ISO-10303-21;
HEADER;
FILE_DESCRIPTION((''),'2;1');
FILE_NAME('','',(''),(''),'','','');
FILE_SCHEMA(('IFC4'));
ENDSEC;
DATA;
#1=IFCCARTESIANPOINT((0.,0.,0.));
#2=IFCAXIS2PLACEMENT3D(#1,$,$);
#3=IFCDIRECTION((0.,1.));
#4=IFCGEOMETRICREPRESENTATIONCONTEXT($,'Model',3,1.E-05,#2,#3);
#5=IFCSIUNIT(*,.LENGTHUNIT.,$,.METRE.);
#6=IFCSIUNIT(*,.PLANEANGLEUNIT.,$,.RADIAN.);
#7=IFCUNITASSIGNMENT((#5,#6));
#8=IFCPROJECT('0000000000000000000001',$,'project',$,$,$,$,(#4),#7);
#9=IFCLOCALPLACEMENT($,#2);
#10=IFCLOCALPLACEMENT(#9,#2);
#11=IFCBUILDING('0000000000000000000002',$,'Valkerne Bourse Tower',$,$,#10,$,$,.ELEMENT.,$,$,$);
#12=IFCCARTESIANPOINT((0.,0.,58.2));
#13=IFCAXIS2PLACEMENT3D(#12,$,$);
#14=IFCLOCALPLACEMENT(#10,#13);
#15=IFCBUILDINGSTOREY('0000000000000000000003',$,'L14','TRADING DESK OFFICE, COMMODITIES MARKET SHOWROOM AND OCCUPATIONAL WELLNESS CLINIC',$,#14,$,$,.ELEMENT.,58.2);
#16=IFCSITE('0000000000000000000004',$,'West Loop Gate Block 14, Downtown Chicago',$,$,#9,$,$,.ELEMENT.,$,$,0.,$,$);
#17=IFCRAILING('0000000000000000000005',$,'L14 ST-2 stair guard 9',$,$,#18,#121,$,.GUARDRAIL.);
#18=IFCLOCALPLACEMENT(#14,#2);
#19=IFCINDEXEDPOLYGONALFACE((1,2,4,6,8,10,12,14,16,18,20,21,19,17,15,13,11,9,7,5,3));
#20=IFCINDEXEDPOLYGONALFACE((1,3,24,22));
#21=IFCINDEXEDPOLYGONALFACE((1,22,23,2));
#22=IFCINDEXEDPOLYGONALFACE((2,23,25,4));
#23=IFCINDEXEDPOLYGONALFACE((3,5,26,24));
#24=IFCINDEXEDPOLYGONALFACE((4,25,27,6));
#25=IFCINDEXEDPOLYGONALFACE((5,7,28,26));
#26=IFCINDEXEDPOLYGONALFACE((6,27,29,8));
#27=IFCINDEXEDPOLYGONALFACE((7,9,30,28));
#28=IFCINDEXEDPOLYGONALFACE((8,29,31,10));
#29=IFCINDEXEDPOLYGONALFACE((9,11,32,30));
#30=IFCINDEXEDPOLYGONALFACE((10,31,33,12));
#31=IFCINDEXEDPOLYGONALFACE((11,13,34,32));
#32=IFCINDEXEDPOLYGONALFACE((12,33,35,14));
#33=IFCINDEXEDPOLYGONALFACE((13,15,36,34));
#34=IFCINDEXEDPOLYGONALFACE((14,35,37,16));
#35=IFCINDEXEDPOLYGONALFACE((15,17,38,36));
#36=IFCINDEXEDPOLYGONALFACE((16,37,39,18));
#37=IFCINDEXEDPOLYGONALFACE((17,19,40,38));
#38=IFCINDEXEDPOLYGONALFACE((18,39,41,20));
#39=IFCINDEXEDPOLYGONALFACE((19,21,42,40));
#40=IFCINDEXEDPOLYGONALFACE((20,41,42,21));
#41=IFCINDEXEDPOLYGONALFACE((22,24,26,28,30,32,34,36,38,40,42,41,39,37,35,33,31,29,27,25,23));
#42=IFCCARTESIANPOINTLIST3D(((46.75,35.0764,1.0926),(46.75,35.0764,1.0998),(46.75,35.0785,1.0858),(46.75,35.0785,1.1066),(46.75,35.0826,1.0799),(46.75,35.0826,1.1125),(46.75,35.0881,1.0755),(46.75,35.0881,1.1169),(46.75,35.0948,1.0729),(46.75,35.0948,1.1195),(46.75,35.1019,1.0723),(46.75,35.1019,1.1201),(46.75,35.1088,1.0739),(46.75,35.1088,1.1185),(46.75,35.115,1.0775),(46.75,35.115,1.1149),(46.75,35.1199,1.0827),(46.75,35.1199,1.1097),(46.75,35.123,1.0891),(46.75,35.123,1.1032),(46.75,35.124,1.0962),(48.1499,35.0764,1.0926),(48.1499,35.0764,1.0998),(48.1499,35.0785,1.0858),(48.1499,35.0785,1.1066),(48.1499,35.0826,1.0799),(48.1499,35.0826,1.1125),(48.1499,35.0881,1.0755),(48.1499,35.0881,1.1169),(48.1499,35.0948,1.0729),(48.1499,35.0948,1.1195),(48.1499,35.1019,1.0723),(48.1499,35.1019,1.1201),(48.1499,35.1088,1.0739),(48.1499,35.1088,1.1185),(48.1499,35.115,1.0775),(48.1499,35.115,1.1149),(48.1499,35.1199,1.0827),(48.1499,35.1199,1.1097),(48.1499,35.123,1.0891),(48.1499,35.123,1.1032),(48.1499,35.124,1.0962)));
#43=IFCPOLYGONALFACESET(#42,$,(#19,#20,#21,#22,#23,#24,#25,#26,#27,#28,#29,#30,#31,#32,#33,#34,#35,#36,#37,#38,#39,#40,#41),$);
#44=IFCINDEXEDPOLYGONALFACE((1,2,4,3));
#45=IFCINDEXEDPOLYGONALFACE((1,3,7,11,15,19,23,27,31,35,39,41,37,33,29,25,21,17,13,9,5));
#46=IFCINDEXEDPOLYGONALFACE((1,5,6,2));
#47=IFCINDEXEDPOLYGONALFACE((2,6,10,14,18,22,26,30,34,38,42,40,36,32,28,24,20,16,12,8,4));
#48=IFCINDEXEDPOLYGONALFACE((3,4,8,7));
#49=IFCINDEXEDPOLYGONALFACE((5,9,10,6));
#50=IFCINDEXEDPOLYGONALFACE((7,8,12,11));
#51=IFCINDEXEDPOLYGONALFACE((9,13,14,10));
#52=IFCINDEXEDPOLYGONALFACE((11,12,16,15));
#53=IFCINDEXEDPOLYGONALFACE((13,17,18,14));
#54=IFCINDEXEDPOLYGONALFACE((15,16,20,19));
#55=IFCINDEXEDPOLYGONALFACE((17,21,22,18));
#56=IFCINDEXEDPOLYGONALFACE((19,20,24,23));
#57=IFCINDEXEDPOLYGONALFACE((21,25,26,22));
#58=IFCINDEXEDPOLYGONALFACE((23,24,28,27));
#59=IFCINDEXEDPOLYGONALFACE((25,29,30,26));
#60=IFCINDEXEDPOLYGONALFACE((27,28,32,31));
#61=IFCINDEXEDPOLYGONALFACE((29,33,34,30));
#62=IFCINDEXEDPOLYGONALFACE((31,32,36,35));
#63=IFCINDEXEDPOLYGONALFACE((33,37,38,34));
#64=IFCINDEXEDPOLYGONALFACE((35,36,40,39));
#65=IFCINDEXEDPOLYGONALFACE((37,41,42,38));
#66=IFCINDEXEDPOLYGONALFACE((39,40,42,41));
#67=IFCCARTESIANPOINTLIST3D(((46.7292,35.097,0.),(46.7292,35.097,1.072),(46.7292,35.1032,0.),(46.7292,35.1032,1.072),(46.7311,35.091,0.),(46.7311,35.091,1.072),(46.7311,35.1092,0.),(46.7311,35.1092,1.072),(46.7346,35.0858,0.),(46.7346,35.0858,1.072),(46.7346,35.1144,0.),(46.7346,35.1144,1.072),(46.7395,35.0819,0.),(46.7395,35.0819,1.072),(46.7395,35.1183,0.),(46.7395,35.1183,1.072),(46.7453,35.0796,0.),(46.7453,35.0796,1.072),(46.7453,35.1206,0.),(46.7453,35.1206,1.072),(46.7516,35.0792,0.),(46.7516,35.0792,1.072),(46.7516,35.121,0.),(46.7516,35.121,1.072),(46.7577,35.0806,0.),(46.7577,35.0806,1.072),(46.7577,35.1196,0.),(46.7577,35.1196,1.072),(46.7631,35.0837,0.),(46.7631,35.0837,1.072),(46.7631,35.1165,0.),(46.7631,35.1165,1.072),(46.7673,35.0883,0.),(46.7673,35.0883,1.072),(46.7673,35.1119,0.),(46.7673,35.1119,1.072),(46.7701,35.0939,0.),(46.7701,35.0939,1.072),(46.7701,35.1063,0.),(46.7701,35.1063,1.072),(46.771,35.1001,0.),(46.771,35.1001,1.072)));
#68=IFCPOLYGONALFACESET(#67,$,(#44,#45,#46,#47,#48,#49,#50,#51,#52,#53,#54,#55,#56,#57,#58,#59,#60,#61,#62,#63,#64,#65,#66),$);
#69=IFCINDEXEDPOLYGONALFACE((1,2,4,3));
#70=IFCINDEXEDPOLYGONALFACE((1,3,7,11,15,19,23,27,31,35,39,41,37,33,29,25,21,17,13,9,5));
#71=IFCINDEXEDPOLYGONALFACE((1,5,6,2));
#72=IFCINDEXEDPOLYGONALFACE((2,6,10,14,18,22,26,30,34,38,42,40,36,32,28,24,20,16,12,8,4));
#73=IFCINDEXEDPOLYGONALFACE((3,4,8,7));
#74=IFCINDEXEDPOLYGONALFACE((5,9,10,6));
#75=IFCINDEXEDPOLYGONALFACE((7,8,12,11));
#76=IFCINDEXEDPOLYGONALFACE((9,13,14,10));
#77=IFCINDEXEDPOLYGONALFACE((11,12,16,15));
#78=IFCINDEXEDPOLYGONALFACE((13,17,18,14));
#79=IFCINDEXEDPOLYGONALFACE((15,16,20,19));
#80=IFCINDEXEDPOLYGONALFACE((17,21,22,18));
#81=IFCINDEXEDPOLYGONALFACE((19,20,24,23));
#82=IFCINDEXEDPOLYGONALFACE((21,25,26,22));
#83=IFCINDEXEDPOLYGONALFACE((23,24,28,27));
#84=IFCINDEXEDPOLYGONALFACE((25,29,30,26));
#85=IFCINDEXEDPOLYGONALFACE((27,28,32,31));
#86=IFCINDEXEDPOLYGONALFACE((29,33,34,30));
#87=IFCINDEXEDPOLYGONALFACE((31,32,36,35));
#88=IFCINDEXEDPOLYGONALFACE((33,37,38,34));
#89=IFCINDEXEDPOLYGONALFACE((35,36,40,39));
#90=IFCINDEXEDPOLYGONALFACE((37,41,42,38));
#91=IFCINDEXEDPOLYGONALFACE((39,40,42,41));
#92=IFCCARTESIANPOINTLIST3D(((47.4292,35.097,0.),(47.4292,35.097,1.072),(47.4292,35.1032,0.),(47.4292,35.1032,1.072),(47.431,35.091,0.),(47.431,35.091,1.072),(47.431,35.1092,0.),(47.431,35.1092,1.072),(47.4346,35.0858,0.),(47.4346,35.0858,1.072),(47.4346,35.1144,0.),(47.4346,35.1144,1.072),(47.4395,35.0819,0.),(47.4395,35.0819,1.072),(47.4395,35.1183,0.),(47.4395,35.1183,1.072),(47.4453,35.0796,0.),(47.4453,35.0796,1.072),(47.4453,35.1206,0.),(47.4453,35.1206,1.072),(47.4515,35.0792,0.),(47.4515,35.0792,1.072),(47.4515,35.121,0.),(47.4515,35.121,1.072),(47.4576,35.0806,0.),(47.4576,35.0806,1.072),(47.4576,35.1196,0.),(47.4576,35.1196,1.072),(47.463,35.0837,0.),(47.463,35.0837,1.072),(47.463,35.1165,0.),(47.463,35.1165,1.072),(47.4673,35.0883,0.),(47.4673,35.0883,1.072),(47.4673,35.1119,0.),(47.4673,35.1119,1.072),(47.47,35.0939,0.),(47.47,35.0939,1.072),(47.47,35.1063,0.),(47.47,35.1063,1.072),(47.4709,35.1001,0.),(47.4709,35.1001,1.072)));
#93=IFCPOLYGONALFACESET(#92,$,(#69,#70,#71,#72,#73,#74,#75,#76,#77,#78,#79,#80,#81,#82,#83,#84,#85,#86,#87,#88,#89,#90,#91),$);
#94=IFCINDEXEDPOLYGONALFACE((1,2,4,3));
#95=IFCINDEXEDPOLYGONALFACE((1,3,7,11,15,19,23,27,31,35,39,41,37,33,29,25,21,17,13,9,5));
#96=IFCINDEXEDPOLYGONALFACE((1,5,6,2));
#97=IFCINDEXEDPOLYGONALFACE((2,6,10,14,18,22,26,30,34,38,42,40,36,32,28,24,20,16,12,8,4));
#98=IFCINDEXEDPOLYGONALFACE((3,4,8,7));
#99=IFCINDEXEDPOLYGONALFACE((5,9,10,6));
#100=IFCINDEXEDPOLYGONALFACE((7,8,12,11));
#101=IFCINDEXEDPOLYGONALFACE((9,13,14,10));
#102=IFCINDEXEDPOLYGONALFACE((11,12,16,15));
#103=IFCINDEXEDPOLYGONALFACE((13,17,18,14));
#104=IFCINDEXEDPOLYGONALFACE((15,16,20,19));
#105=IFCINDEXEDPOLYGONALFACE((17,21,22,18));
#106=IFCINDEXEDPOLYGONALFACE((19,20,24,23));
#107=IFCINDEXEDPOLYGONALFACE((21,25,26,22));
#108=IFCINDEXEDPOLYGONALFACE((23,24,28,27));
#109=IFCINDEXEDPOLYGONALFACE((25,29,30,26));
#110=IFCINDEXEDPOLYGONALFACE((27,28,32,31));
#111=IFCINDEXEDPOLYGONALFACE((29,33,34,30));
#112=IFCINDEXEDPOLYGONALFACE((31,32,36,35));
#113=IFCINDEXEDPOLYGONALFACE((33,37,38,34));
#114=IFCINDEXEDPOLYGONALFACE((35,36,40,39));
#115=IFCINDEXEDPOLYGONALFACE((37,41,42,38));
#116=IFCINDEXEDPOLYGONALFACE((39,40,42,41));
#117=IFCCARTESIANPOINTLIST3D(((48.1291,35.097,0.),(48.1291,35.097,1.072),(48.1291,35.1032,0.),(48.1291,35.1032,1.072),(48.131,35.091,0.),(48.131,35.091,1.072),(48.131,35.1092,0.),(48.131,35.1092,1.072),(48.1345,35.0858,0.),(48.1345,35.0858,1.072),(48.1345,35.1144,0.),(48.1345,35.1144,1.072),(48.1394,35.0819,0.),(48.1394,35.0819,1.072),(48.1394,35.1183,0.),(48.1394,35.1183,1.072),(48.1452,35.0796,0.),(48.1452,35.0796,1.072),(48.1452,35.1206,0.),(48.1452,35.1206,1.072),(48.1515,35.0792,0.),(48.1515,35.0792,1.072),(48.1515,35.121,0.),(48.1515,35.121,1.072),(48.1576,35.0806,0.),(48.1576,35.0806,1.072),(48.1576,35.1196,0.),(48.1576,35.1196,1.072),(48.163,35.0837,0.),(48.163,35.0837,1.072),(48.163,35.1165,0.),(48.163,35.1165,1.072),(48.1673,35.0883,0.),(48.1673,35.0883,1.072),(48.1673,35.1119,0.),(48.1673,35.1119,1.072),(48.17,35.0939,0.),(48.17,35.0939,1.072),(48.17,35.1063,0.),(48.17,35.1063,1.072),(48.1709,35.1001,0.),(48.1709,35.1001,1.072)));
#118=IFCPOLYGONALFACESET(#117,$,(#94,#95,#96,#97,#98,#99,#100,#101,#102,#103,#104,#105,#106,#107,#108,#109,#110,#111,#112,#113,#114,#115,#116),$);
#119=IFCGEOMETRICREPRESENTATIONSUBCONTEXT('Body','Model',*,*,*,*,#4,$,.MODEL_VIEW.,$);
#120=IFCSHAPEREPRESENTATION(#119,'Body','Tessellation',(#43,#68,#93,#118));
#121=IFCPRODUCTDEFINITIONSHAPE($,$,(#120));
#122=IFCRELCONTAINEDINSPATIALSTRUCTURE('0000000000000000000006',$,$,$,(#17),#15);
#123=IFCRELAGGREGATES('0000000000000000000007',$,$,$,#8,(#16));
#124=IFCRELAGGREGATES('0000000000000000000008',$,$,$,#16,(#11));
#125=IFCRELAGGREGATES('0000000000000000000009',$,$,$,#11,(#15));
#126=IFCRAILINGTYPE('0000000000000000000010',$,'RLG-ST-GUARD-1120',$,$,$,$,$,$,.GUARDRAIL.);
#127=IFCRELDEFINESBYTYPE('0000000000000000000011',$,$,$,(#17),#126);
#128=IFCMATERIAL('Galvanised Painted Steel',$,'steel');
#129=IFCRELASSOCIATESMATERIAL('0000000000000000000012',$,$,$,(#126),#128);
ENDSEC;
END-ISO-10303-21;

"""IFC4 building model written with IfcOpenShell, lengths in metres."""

from ifc_helpers import new_model, si_unit, direction, frame, origin, origin_2d, place, context, subcontext, project, spatial, circle, extrude, material, type_object, element, save


model = new_model("IFC4")

# Units and contexts
model_context = context("Model", 3, precision=1e-05, world=origin(), true_north=direction((0.0, 1.0)))
body_context = subcontext(model_context, "Body", "Model", "MODEL_VIEW")
ifc_project = project(units=[si_unit("LENGTHUNIT", "METRE"), si_unit("PLANEANGLEUNIT", "RADIAN")], contexts=[model_context])

# Site, building, storey
site_placement = place(None, origin())
site = spatial("IfcSite", under=ifc_project, at=site_placement, Name="West Loop Gate Block 14, Downtown Chicago", CompositionType="ELEMENT", RefElevation=0.0)
building_placement = place(site_placement, origin())
building = spatial("IfcBuilding", under=site, at=building_placement, Name="Valkerne Bourse Tower", CompositionType="ELEMENT")
storey_placement = place(building_placement, frame((0.0, 0.0, 58.2)))
storey = spatial("IfcBuildingStorey", under=building, at=storey_placement, Name="L14", Description="TRADING DESK OFFICE, COMMODITIES MARKET SHOWROOM AND OCCUPATIONAL WELLNESS CLINIC", CompositionType="ELEMENT", Elevation=58.2)

# Shared definitions
ifc_material_1 = material(Name="Galvanised Painted Steel", Category="steel")

# Railing
railing_type_1 = type_object("IfcRailingType", Name="RLG-ST-GUARD-1120", PredefinedType="GUARDRAIL", material=ifc_material_1)
for number, where, name in (
    (1, (46.75, 35.1001, 0.0), "L14 ST-2 stair guard 9"),
):
    element("IfcRailing", number, at=place(storey_placement, frame(where)), inside=storey, type_object=railing_type_1, Name=name, PredefinedType="GUARDRAIL", context=body_context, shape_type="SweptSolid", body=[
        extrude(circle(Radius=0.0239, at=origin_2d()), frame((0.0, 0.0, 1.0962), z_axis=(1.0, 0.0, 0.0), x_axis=(0.0, 1.0, 0.0)), (0.0, 0.0, 1.0), 1.3999),
        extrude(circle(Radius=0.021, at=origin_2d()), origin(), (0.0, 0.0, 1.0), 1.072),
        extrude(circle(Radius=0.021, at=origin_2d()), frame((0.7, 0.0, 0.0)), (0.0, 0.0, 1.0), 1.072),
        extrude(circle(Radius=0.021, at=origin_2d()), frame((1.3999, 0.0, 0.0)), (0.0, 0.0, 1.0), 1.072),
    ])

save(model, "model.ifc")
